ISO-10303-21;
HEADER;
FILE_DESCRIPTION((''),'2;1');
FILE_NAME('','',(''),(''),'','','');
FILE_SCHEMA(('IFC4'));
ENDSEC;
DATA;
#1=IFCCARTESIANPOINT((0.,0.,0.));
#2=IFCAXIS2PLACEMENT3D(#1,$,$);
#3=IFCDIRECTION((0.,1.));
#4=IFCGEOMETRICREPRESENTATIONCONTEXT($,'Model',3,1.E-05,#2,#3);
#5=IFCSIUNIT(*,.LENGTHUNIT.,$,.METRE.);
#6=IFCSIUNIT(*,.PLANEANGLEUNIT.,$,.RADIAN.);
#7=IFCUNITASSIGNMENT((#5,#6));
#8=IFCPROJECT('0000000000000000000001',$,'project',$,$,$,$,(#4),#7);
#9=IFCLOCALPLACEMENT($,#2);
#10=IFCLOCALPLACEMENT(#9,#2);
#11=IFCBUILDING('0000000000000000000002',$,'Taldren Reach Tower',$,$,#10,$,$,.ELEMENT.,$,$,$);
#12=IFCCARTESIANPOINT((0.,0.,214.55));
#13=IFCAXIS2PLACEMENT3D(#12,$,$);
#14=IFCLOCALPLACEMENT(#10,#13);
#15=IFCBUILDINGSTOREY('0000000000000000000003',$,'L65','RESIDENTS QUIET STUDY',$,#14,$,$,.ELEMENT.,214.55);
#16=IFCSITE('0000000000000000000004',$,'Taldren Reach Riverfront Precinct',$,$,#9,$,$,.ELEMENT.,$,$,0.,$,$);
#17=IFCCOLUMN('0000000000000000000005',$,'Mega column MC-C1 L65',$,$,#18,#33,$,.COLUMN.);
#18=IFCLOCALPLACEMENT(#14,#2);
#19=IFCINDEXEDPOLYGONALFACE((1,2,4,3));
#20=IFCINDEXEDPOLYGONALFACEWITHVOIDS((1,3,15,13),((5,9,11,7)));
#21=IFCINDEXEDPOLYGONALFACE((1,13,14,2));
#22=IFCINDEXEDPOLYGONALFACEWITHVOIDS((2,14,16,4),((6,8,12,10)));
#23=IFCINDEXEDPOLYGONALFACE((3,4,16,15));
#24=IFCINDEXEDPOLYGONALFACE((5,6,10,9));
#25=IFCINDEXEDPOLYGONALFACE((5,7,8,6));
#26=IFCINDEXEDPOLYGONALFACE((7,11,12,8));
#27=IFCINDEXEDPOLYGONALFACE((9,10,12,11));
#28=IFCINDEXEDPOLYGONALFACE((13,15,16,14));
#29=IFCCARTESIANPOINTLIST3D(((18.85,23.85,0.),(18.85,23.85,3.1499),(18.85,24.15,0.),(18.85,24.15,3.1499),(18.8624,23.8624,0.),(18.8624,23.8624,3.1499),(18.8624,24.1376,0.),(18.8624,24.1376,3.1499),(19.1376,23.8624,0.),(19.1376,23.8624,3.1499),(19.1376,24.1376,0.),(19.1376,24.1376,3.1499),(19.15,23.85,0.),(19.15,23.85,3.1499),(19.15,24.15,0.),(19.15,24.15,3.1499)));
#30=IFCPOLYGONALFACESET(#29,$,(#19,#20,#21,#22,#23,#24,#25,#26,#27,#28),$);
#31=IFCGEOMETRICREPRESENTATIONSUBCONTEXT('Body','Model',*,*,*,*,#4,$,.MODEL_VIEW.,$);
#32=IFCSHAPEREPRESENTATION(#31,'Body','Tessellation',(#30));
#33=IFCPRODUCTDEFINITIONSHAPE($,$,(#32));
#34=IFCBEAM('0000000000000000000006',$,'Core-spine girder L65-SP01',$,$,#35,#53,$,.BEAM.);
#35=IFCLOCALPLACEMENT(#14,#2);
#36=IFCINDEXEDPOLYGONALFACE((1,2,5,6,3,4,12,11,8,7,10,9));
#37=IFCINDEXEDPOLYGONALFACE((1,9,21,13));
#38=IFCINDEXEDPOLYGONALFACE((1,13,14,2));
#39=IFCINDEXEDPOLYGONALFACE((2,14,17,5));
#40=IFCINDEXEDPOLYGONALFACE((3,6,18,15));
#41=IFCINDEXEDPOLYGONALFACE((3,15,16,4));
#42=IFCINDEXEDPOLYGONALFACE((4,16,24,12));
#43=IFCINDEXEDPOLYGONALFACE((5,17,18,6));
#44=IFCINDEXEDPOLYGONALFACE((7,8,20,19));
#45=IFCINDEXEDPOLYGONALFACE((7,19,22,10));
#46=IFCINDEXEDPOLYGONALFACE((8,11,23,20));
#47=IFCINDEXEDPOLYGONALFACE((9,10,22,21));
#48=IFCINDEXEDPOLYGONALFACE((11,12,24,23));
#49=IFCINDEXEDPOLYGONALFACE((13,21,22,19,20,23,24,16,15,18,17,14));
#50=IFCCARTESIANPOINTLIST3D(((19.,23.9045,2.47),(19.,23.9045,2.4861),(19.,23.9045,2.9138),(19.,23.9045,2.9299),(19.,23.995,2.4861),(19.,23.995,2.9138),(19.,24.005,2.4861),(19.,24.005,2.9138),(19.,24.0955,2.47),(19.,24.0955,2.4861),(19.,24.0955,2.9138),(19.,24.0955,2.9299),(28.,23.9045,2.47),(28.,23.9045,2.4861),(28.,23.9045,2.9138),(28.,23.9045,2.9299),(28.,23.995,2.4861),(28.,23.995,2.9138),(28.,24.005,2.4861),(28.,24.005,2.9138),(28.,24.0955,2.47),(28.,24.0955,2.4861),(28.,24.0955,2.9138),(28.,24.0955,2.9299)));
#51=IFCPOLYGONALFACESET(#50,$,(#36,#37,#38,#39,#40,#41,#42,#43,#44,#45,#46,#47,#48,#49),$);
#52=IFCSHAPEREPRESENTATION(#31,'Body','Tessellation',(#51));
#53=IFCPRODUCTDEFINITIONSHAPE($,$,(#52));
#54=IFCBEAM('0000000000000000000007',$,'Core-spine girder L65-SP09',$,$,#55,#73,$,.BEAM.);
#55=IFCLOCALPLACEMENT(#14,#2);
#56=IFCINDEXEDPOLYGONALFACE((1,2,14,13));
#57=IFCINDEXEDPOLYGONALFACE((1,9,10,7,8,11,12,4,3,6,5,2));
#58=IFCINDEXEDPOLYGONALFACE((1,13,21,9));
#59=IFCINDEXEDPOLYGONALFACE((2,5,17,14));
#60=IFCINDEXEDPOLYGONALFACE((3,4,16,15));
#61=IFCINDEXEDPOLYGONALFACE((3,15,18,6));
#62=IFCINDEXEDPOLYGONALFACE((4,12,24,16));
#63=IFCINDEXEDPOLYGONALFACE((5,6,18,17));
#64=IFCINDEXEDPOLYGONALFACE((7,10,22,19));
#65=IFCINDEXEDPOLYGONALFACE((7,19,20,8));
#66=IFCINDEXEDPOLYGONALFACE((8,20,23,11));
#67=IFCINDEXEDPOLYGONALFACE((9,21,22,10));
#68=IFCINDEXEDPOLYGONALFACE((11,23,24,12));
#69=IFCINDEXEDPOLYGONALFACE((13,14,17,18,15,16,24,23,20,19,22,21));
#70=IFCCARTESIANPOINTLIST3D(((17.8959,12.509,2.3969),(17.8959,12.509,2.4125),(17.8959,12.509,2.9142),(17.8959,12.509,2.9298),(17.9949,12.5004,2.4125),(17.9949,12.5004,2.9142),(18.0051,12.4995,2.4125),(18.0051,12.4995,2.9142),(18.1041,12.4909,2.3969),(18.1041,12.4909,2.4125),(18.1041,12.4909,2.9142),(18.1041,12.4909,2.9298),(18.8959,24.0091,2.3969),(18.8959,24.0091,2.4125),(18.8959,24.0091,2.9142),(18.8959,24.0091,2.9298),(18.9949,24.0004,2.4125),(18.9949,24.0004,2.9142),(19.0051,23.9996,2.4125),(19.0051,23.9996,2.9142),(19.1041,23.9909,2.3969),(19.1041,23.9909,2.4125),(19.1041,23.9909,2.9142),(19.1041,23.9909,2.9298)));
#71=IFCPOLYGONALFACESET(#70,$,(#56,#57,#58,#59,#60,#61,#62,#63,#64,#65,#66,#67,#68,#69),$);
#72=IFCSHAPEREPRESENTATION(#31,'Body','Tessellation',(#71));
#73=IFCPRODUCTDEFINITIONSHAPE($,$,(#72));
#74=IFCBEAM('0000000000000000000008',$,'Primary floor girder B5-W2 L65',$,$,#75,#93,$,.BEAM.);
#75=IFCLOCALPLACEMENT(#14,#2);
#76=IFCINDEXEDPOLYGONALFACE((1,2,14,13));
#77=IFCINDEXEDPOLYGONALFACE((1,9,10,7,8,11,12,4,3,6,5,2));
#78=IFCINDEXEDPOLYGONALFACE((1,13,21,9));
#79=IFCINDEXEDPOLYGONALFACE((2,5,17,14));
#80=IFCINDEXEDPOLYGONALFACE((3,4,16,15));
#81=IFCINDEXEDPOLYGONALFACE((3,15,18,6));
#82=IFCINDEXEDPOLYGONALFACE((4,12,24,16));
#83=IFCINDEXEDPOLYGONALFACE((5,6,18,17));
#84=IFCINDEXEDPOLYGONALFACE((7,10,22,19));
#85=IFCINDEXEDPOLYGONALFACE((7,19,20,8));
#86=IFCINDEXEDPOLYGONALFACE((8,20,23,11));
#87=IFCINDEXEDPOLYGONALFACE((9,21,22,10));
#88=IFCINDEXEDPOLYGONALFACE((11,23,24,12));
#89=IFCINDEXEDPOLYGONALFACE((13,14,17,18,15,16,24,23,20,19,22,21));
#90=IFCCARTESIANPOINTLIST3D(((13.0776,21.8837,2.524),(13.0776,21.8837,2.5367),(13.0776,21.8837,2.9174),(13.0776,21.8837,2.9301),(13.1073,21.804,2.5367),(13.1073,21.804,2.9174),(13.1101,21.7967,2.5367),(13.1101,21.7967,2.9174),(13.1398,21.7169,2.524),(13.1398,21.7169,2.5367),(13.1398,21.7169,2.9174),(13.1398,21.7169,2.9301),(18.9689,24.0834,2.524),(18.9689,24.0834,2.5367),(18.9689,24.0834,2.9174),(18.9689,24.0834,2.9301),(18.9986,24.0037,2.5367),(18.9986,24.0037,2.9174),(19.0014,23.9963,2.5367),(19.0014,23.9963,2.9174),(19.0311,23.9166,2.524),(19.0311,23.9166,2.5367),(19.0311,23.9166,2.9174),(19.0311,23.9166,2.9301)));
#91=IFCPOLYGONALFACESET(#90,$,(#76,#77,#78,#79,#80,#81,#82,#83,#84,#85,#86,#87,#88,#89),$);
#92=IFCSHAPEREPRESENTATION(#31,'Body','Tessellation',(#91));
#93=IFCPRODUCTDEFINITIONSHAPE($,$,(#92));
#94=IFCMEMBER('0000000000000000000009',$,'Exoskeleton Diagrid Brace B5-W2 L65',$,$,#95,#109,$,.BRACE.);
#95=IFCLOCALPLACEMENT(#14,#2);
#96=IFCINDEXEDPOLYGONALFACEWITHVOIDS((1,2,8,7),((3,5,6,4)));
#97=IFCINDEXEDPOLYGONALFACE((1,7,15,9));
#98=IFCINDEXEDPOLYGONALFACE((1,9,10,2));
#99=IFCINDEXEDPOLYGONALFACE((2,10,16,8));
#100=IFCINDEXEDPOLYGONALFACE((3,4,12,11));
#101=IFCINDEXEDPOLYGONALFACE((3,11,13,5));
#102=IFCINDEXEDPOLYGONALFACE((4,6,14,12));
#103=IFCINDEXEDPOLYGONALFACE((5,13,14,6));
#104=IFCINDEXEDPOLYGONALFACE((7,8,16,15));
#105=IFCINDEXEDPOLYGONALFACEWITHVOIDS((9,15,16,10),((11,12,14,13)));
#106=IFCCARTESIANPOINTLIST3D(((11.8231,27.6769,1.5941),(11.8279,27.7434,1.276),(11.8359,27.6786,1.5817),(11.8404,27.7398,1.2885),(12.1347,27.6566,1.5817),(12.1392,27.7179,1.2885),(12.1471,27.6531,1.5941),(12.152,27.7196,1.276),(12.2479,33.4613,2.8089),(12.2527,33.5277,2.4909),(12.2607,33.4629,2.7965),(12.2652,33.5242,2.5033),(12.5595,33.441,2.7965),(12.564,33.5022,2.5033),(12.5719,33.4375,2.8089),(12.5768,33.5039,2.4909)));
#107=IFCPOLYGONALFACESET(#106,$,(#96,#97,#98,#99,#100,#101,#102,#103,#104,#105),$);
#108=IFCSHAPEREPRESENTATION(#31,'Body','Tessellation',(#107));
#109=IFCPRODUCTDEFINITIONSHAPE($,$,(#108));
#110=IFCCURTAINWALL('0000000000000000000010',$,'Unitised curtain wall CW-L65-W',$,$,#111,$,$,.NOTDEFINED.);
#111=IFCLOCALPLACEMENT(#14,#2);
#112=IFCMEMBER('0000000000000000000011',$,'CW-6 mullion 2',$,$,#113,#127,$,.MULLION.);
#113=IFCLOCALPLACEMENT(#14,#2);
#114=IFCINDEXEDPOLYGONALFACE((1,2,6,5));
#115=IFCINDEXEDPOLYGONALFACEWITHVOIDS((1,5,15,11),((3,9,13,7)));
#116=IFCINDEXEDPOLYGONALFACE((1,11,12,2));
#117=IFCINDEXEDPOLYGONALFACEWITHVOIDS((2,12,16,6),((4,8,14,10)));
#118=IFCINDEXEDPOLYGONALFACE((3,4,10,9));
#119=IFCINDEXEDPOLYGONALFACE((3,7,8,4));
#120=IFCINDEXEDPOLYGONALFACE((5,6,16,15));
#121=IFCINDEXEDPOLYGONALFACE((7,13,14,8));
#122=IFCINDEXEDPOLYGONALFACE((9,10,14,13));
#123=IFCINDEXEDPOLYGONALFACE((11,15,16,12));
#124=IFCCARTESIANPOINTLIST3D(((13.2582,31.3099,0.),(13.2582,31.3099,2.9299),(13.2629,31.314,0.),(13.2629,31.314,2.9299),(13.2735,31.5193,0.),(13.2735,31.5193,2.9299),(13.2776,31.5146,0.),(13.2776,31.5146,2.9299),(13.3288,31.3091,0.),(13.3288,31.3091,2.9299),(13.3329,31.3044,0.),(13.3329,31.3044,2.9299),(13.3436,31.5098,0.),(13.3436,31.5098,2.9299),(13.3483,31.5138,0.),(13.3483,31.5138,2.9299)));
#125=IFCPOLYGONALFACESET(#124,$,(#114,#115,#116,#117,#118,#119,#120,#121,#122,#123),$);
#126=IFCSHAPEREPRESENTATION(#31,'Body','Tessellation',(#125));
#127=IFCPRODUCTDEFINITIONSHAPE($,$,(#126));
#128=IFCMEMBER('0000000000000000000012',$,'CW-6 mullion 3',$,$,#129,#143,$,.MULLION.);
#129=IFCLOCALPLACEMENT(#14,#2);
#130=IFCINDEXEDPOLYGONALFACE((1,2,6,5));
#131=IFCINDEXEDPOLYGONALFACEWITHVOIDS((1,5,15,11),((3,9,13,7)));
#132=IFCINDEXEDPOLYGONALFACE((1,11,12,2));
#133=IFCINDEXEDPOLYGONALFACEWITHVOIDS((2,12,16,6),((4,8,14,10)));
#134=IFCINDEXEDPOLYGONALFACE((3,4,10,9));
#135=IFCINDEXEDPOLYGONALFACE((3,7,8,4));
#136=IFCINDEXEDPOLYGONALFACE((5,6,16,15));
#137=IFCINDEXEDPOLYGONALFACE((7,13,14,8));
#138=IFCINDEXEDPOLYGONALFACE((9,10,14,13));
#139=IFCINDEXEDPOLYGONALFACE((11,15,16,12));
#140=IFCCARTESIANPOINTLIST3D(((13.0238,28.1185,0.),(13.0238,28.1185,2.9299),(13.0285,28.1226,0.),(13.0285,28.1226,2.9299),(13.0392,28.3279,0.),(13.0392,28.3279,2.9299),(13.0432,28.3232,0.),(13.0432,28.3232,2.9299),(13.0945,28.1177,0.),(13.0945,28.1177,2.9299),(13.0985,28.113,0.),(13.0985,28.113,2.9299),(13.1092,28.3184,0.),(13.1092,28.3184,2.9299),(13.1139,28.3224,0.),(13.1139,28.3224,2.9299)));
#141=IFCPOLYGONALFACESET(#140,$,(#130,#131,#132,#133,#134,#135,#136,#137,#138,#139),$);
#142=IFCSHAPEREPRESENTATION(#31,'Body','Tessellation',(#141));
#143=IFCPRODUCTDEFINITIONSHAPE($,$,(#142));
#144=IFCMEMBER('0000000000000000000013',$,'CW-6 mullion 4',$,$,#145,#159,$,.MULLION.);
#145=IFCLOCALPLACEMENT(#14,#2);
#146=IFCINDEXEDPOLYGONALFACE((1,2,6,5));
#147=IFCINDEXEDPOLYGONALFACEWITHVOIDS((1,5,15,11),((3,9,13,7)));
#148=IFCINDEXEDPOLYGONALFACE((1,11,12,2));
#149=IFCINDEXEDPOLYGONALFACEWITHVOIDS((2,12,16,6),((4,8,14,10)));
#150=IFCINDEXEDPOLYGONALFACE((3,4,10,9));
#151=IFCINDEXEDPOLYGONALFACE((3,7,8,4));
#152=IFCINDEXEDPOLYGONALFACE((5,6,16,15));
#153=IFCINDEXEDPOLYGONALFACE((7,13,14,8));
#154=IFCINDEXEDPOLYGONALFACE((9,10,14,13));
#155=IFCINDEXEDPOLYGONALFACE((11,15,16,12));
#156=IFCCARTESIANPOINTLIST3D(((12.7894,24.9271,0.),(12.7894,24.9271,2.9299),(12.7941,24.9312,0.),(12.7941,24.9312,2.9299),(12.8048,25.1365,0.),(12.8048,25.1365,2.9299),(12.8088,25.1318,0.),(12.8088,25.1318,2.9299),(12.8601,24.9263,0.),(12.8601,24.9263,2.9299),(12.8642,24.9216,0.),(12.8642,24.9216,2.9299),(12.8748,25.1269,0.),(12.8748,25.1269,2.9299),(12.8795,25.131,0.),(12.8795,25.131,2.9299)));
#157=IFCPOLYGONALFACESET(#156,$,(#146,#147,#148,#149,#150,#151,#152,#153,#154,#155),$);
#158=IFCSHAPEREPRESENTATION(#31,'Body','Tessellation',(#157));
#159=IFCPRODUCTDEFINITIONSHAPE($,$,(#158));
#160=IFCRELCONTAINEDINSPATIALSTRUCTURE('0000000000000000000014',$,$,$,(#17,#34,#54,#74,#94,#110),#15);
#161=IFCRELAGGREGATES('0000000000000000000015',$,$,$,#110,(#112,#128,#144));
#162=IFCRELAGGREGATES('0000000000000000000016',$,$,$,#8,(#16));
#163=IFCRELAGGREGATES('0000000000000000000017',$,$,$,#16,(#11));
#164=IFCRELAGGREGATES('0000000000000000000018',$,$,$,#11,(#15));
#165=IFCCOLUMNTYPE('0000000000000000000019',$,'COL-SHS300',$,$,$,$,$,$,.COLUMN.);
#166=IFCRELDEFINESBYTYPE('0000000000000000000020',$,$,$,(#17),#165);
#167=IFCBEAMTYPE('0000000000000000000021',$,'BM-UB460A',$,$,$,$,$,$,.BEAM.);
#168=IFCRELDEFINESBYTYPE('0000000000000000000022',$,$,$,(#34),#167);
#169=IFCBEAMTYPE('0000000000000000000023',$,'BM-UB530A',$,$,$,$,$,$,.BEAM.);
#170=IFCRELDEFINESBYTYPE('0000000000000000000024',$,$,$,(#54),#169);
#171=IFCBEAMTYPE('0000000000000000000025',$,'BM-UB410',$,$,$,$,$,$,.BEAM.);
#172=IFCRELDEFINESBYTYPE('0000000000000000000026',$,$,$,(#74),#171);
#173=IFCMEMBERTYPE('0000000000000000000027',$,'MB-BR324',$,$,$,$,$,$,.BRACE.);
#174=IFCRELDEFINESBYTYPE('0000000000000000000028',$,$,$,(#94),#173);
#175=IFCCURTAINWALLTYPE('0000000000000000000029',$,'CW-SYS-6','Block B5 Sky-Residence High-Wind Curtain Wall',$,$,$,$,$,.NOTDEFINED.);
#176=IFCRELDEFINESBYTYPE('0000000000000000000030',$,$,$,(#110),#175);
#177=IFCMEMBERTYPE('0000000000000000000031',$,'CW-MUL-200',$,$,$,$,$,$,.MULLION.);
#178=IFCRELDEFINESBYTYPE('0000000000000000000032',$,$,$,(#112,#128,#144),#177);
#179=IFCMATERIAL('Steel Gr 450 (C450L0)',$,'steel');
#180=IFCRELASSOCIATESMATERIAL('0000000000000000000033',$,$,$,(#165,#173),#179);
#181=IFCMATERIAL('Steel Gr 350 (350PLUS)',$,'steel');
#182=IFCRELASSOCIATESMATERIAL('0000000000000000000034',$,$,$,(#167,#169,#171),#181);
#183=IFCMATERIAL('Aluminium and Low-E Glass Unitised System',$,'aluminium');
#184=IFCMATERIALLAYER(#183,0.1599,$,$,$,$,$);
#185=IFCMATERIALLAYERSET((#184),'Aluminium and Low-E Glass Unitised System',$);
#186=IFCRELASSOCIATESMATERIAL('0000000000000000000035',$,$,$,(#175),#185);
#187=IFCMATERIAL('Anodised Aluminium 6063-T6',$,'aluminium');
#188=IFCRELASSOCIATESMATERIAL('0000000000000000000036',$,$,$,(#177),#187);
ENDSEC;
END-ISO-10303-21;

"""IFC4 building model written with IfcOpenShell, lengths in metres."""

from ifc_helpers import new_model, si_unit, direction, frame, origin, origin_2d, place, context, subcontext, project, spatial, hollow_rectangle, i_section, extrude, source, transform, mapped, material, layer, layer_set, material_profile, profile_set, type_object, element, aggregate, save


model = new_model("IFC4")

# Units and contexts
model_context = context("Model", 3, precision=1e-05, world=origin(), true_north=direction((0.0, 1.0)))
body_context = subcontext(model_context, "Body", "Model", "MODEL_VIEW")
ifc_project = project(units=[si_unit("LENGTHUNIT", "METRE"), si_unit("PLANEANGLEUNIT", "RADIAN")], contexts=[model_context])

# Site, building, storey
site_placement = place(None, origin())
site = spatial("IfcSite", under=ifc_project, at=site_placement, Name="Taldren Reach Riverfront Precinct", CompositionType="ELEMENT", RefElevation=0.0)
building_placement = place(site_placement, origin())
building = spatial("IfcBuilding", under=site, at=building_placement, Name="Taldren Reach Tower", CompositionType="ELEMENT")
storey_placement = place(building_placement, frame((0.0, 0.0, 214.55)))
storey = spatial("IfcBuildingStorey", under=building, at=storey_placement, Name="L65", Description="RESIDENTS QUIET STUDY", CompositionType="ELEMENT", Elevation=214.55)

# Column
ifc_material_1 = material(Name="Steel Gr 450 (C450L0)", Category="steel")
ifc_material_profile_1 = material_profile(ifc_material_1, hollow_rectangle(XDim=0.3, YDim=0.3, WallThickness=0.0125, at=origin_2d()), Name="300x300x12.5SHS")
ifc_profile_set_1 = profile_set([ifc_material_profile_1], Name="Steel Gr 450 (C450L0)")
column_type = type_object("IfcColumnType", Name="COL-SHS300", PredefinedType="COLUMN", material=ifc_profile_set_1)
shared_shape_1 = source(origin(), body_context, "Body", "SweptSolid", [
    extrude(hollow_rectangle(XDim=0.3, YDim=0.3, WallThickness=0.0125, at=origin_2d()), origin(), (0.0, 0.0, 1.0), 3.1499),
])
column_placement = place(storey_placement, frame((19.0, 24.0, 0.0), z_axis=(0.0, 0.0, 1.0), x_axis=(1.0, 0.0, 0.0)))
element("IfcColumn", 1, at=column_placement, inside=storey, type_object=column_type, Name="Mega column MC-C1 L65", PredefinedType="COLUMN", context=body_context, shape_type="MappedRepresentation", body=[
    mapped(shared_shape_1, transform((0.0, 0.0, 0.0), scale=1.0)),
])

# Beams
ifc_material_2 = material(Name="Steel Gr 350 (350PLUS)", Category="steel")
ifc_material_profile_2 = material_profile(ifc_material_2, i_section(OverallWidth=0.1909, OverallDepth=0.46, WebThickness=0.01, FlangeThickness=0.0161, at=origin_2d()), Name="460UB82.1")
ifc_profile_set_2 = profile_set([ifc_material_profile_2], Name="Steel Gr 350 (350PLUS)")
beam_type_1 = type_object("IfcBeamType", Name="BM-UB460A", PredefinedType="BEAM", material=ifc_profile_set_2)
shared_shape_2 = source(origin(), body_context, "Body", "SweptSolid", [
    extrude(i_section(OverallWidth=0.1909, OverallDepth=0.46, WebThickness=0.01, FlangeThickness=0.0161, at=origin_2d()), origin(), (0.0, 0.0, 1.0), 9.0),
])
beam_1_placement = place(storey_placement, frame((19.0, 24.0, 2.7), z_axis=(1.0, 0.0, 0.0), x_axis=(0.0, 1.0, 0.0)))
element("IfcBeam", 2, at=beam_1_placement, inside=storey, type_object=beam_type_1, Name="Core-spine girder L65-SP01", PredefinedType="BEAM", context=body_context, shape_type="MappedRepresentation", body=[
    mapped(shared_shape_2, transform((0.0, 0.0, 0.0), scale=1.0)),
])
ifc_material_profile_3 = material_profile(ifc_material_2, i_section(OverallWidth=0.209, OverallDepth=0.533, WebThickness=0.0103, FlangeThickness=0.0156, at=origin_2d()), Name="530UB92.4")
ifc_profile_set_3 = profile_set([ifc_material_profile_3], Name="Steel Gr 350 (350PLUS)")
beam_type_2 = type_object("IfcBeamType", Name="BM-UB530A", PredefinedType="BEAM", material=ifc_profile_set_3)
shared_shape_3 = source(origin(), body_context, "Body", "SweptSolid", [
    extrude(i_section(OverallWidth=0.209, OverallDepth=0.533, WebThickness=0.0103, FlangeThickness=0.0156, at=origin_2d()), origin(), (0.0, 0.0, 1.0), 11.5435),
])
beam_2_placement = place(storey_placement, frame((19.0, 24.0, 2.6633), z_axis=(-0.08663, -0.996241, 0.0), x_axis=(0.996241, -0.08663, 0.0)))
element("IfcBeam", 3, at=beam_2_placement, inside=storey, type_object=beam_type_2, Name="Core-spine girder L65-SP09", PredefinedType="BEAM", context=body_context, shape_type="MappedRepresentation", body=[
    mapped(shared_shape_3, transform((0.0, 0.0, 0.0), scale=1.0)),
])
ifc_material_profile_4 = material_profile(ifc_material_2, i_section(OverallWidth=0.178, OverallDepth=0.406, WebThickness=0.0078, FlangeThickness=0.0127, at=origin_2d()), Name="410UB59.7")
ifc_profile_set_4 = profile_set([ifc_material_profile_4], Name="Steel Gr 350 (350PLUS)")
beam_type_3 = type_object("IfcBeamType", Name="BM-UB410", PredefinedType="BEAM", material=ifc_profile_set_4)
shared_shape_4 = source(origin(), body_context, "Body", "SweptSolid", [
    extrude(i_section(OverallWidth=0.178, OverallDepth=0.406, WebThickness=0.0078, FlangeThickness=0.0127, at=origin_2d()), origin(), (0.0, 0.0, 1.0), 6.2886),
])
beam_3_placement = place(storey_placement, frame((19.0, 24.0, 2.7271), z_axis=(-0.936828, -0.349791, 0.0), x_axis=(0.349791, -0.936828, 0.0)))
element("IfcBeam", 4, at=beam_3_placement, inside=storey, type_object=beam_type_3, Name="Primary floor girder B5-W2 L65", PredefinedType="BEAM", context=body_context, shape_type="MappedRepresentation", body=[
    mapped(shared_shape_4, transform((0.0, 0.0, 0.0), scale=1.0)),
])

# Member
ifc_material_profile_5 = material_profile(ifc_material_1, hollow_rectangle(XDim=0.325, YDim=0.325, WallThickness=0.0127, at=origin_2d()), Name="325x325x12.7SHS")
ifc_profile_set_5 = profile_set([ifc_material_profile_5], Name="Steel Gr 450 (C450L0)")
member_type_1 = type_object("IfcMemberType", Name="MB-BR324", PredefinedType="BRACE", material=ifc_profile_set_5)
shared_shape_5 = source(origin(), body_context, "Body", "SweptSolid", [
    extrude(hollow_rectangle(XDim=0.325, YDim=0.325, WallThickness=0.0127, at=origin_2d()), origin(), (0.0, 0.0, 1.0), 5.9258),
])
member_1_placement = place(storey_placement, frame((11.9875, 27.6982, 1.4351), z_axis=(0.071687, 0.976132, 0.205007), x_axis=(-0.997314, 0.073242, 0.0)))
element("IfcMember", 5, at=member_1_placement, inside=storey, type_object=member_type_1, Name="Exoskeleton Diagrid Brace B5-W2 L65", PredefinedType="BRACE", context=body_context, shape_type="MappedRepresentation", body=[
    mapped(shared_shape_5, transform((0.0, 0.0, 0.0), scale=1.0)),
])

# Curtain wall, members
ifc_material_3 = material(Name="Aluminium and Low-E Glass Unitised System", Category="aluminium")
ifc_layer_1 = layer(ifc_material_3, 0.1599)
ifc_layer_set_1 = layer_set([ifc_layer_1], Name="Aluminium and Low-E Glass Unitised System")
curtain_wall_type = type_object("IfcCurtainWallType", Name="CW-SYS-6", Description="Block B5 Sky-Residence High-Wind Curtain Wall", PredefinedType="NOTDEFINED", material=ifc_layer_set_1)
curtain_wall_placement = place(storey_placement, origin())
curtain_wall = element("IfcCurtainWall", 6, at=curtain_wall_placement, inside=storey, type_object=curtain_wall_type, Name="Unitised curtain wall CW-L65-W", PredefinedType="NOTDEFINED")
ifc_material_4 = material(Name="Anodised Aluminium 6063-T6", Category="aluminium")
ifc_material_profile_6 = material_profile(ifc_material_4, hollow_rectangle(XDim=0.075, YDim=0.21, WallThickness=0.0044, at=origin_2d()), Name="ALU-210x75x4.5RHS")
ifc_profile_set_6 = profile_set([ifc_material_profile_6], Name="Anodised Aluminium 6063-T6")
member_type_2 = type_object("IfcMemberType", Name="CW-MUL-200", PredefinedType="MULLION", material=ifc_profile_set_6)
shared_shape_6 = source(origin(), body_context, "Body", "SweptSolid", [
    extrude(hollow_rectangle(XDim=0.075, YDim=0.21, WallThickness=0.0044, at=origin_2d()), origin(), (0.0, 0.0, 1.0), 2.9299),
])
member_2_placement = place(storey_placement, frame((13.3032, 31.4119, 0.0), z_axis=(0.0, 0.0, 1.0), x_axis=(0.997314, -0.073238, 0.0)))
member_2 = element("IfcMember", 7, at=member_2_placement, type_object=member_type_2, Name="CW-6 mullion 2", PredefinedType="MULLION", context=body_context, shape_type="MappedRepresentation", body=[
    mapped(shared_shape_6, transform((0.0, 0.0, 0.0), scale=1.0)),
])
member_3_placement = place(storey_placement, frame((13.0688, 28.2205, 0.0), z_axis=(0.0, 0.0, 1.0), x_axis=(0.997314, -0.073238, 0.0)))
member_3 = element("IfcMember", 8, at=member_3_placement, type_object=member_type_2, Name="CW-6 mullion 3", PredefinedType="MULLION", context=body_context, shape_type="MappedRepresentation", body=[
    mapped(shared_shape_6, transform((0.0, 0.0, 0.0), scale=1.0)),
])
member_4_placement = place(storey_placement, frame((12.8345, 25.0291, 0.0), z_axis=(0.0, 0.0, 1.0), x_axis=(0.997314, -0.073238, 0.0)))
member_4 = element("IfcMember", 9, at=member_4_placement, type_object=member_type_2, Name="CW-6 mullion 4", PredefinedType="MULLION", context=body_context, shape_type="MappedRepresentation", body=[
    mapped(shared_shape_6, transform((0.0, 0.0, 0.0), scale=1.0)),
])

aggregate(curtain_wall, [member_2, member_3, member_4])

save(model, "model.ifc")
